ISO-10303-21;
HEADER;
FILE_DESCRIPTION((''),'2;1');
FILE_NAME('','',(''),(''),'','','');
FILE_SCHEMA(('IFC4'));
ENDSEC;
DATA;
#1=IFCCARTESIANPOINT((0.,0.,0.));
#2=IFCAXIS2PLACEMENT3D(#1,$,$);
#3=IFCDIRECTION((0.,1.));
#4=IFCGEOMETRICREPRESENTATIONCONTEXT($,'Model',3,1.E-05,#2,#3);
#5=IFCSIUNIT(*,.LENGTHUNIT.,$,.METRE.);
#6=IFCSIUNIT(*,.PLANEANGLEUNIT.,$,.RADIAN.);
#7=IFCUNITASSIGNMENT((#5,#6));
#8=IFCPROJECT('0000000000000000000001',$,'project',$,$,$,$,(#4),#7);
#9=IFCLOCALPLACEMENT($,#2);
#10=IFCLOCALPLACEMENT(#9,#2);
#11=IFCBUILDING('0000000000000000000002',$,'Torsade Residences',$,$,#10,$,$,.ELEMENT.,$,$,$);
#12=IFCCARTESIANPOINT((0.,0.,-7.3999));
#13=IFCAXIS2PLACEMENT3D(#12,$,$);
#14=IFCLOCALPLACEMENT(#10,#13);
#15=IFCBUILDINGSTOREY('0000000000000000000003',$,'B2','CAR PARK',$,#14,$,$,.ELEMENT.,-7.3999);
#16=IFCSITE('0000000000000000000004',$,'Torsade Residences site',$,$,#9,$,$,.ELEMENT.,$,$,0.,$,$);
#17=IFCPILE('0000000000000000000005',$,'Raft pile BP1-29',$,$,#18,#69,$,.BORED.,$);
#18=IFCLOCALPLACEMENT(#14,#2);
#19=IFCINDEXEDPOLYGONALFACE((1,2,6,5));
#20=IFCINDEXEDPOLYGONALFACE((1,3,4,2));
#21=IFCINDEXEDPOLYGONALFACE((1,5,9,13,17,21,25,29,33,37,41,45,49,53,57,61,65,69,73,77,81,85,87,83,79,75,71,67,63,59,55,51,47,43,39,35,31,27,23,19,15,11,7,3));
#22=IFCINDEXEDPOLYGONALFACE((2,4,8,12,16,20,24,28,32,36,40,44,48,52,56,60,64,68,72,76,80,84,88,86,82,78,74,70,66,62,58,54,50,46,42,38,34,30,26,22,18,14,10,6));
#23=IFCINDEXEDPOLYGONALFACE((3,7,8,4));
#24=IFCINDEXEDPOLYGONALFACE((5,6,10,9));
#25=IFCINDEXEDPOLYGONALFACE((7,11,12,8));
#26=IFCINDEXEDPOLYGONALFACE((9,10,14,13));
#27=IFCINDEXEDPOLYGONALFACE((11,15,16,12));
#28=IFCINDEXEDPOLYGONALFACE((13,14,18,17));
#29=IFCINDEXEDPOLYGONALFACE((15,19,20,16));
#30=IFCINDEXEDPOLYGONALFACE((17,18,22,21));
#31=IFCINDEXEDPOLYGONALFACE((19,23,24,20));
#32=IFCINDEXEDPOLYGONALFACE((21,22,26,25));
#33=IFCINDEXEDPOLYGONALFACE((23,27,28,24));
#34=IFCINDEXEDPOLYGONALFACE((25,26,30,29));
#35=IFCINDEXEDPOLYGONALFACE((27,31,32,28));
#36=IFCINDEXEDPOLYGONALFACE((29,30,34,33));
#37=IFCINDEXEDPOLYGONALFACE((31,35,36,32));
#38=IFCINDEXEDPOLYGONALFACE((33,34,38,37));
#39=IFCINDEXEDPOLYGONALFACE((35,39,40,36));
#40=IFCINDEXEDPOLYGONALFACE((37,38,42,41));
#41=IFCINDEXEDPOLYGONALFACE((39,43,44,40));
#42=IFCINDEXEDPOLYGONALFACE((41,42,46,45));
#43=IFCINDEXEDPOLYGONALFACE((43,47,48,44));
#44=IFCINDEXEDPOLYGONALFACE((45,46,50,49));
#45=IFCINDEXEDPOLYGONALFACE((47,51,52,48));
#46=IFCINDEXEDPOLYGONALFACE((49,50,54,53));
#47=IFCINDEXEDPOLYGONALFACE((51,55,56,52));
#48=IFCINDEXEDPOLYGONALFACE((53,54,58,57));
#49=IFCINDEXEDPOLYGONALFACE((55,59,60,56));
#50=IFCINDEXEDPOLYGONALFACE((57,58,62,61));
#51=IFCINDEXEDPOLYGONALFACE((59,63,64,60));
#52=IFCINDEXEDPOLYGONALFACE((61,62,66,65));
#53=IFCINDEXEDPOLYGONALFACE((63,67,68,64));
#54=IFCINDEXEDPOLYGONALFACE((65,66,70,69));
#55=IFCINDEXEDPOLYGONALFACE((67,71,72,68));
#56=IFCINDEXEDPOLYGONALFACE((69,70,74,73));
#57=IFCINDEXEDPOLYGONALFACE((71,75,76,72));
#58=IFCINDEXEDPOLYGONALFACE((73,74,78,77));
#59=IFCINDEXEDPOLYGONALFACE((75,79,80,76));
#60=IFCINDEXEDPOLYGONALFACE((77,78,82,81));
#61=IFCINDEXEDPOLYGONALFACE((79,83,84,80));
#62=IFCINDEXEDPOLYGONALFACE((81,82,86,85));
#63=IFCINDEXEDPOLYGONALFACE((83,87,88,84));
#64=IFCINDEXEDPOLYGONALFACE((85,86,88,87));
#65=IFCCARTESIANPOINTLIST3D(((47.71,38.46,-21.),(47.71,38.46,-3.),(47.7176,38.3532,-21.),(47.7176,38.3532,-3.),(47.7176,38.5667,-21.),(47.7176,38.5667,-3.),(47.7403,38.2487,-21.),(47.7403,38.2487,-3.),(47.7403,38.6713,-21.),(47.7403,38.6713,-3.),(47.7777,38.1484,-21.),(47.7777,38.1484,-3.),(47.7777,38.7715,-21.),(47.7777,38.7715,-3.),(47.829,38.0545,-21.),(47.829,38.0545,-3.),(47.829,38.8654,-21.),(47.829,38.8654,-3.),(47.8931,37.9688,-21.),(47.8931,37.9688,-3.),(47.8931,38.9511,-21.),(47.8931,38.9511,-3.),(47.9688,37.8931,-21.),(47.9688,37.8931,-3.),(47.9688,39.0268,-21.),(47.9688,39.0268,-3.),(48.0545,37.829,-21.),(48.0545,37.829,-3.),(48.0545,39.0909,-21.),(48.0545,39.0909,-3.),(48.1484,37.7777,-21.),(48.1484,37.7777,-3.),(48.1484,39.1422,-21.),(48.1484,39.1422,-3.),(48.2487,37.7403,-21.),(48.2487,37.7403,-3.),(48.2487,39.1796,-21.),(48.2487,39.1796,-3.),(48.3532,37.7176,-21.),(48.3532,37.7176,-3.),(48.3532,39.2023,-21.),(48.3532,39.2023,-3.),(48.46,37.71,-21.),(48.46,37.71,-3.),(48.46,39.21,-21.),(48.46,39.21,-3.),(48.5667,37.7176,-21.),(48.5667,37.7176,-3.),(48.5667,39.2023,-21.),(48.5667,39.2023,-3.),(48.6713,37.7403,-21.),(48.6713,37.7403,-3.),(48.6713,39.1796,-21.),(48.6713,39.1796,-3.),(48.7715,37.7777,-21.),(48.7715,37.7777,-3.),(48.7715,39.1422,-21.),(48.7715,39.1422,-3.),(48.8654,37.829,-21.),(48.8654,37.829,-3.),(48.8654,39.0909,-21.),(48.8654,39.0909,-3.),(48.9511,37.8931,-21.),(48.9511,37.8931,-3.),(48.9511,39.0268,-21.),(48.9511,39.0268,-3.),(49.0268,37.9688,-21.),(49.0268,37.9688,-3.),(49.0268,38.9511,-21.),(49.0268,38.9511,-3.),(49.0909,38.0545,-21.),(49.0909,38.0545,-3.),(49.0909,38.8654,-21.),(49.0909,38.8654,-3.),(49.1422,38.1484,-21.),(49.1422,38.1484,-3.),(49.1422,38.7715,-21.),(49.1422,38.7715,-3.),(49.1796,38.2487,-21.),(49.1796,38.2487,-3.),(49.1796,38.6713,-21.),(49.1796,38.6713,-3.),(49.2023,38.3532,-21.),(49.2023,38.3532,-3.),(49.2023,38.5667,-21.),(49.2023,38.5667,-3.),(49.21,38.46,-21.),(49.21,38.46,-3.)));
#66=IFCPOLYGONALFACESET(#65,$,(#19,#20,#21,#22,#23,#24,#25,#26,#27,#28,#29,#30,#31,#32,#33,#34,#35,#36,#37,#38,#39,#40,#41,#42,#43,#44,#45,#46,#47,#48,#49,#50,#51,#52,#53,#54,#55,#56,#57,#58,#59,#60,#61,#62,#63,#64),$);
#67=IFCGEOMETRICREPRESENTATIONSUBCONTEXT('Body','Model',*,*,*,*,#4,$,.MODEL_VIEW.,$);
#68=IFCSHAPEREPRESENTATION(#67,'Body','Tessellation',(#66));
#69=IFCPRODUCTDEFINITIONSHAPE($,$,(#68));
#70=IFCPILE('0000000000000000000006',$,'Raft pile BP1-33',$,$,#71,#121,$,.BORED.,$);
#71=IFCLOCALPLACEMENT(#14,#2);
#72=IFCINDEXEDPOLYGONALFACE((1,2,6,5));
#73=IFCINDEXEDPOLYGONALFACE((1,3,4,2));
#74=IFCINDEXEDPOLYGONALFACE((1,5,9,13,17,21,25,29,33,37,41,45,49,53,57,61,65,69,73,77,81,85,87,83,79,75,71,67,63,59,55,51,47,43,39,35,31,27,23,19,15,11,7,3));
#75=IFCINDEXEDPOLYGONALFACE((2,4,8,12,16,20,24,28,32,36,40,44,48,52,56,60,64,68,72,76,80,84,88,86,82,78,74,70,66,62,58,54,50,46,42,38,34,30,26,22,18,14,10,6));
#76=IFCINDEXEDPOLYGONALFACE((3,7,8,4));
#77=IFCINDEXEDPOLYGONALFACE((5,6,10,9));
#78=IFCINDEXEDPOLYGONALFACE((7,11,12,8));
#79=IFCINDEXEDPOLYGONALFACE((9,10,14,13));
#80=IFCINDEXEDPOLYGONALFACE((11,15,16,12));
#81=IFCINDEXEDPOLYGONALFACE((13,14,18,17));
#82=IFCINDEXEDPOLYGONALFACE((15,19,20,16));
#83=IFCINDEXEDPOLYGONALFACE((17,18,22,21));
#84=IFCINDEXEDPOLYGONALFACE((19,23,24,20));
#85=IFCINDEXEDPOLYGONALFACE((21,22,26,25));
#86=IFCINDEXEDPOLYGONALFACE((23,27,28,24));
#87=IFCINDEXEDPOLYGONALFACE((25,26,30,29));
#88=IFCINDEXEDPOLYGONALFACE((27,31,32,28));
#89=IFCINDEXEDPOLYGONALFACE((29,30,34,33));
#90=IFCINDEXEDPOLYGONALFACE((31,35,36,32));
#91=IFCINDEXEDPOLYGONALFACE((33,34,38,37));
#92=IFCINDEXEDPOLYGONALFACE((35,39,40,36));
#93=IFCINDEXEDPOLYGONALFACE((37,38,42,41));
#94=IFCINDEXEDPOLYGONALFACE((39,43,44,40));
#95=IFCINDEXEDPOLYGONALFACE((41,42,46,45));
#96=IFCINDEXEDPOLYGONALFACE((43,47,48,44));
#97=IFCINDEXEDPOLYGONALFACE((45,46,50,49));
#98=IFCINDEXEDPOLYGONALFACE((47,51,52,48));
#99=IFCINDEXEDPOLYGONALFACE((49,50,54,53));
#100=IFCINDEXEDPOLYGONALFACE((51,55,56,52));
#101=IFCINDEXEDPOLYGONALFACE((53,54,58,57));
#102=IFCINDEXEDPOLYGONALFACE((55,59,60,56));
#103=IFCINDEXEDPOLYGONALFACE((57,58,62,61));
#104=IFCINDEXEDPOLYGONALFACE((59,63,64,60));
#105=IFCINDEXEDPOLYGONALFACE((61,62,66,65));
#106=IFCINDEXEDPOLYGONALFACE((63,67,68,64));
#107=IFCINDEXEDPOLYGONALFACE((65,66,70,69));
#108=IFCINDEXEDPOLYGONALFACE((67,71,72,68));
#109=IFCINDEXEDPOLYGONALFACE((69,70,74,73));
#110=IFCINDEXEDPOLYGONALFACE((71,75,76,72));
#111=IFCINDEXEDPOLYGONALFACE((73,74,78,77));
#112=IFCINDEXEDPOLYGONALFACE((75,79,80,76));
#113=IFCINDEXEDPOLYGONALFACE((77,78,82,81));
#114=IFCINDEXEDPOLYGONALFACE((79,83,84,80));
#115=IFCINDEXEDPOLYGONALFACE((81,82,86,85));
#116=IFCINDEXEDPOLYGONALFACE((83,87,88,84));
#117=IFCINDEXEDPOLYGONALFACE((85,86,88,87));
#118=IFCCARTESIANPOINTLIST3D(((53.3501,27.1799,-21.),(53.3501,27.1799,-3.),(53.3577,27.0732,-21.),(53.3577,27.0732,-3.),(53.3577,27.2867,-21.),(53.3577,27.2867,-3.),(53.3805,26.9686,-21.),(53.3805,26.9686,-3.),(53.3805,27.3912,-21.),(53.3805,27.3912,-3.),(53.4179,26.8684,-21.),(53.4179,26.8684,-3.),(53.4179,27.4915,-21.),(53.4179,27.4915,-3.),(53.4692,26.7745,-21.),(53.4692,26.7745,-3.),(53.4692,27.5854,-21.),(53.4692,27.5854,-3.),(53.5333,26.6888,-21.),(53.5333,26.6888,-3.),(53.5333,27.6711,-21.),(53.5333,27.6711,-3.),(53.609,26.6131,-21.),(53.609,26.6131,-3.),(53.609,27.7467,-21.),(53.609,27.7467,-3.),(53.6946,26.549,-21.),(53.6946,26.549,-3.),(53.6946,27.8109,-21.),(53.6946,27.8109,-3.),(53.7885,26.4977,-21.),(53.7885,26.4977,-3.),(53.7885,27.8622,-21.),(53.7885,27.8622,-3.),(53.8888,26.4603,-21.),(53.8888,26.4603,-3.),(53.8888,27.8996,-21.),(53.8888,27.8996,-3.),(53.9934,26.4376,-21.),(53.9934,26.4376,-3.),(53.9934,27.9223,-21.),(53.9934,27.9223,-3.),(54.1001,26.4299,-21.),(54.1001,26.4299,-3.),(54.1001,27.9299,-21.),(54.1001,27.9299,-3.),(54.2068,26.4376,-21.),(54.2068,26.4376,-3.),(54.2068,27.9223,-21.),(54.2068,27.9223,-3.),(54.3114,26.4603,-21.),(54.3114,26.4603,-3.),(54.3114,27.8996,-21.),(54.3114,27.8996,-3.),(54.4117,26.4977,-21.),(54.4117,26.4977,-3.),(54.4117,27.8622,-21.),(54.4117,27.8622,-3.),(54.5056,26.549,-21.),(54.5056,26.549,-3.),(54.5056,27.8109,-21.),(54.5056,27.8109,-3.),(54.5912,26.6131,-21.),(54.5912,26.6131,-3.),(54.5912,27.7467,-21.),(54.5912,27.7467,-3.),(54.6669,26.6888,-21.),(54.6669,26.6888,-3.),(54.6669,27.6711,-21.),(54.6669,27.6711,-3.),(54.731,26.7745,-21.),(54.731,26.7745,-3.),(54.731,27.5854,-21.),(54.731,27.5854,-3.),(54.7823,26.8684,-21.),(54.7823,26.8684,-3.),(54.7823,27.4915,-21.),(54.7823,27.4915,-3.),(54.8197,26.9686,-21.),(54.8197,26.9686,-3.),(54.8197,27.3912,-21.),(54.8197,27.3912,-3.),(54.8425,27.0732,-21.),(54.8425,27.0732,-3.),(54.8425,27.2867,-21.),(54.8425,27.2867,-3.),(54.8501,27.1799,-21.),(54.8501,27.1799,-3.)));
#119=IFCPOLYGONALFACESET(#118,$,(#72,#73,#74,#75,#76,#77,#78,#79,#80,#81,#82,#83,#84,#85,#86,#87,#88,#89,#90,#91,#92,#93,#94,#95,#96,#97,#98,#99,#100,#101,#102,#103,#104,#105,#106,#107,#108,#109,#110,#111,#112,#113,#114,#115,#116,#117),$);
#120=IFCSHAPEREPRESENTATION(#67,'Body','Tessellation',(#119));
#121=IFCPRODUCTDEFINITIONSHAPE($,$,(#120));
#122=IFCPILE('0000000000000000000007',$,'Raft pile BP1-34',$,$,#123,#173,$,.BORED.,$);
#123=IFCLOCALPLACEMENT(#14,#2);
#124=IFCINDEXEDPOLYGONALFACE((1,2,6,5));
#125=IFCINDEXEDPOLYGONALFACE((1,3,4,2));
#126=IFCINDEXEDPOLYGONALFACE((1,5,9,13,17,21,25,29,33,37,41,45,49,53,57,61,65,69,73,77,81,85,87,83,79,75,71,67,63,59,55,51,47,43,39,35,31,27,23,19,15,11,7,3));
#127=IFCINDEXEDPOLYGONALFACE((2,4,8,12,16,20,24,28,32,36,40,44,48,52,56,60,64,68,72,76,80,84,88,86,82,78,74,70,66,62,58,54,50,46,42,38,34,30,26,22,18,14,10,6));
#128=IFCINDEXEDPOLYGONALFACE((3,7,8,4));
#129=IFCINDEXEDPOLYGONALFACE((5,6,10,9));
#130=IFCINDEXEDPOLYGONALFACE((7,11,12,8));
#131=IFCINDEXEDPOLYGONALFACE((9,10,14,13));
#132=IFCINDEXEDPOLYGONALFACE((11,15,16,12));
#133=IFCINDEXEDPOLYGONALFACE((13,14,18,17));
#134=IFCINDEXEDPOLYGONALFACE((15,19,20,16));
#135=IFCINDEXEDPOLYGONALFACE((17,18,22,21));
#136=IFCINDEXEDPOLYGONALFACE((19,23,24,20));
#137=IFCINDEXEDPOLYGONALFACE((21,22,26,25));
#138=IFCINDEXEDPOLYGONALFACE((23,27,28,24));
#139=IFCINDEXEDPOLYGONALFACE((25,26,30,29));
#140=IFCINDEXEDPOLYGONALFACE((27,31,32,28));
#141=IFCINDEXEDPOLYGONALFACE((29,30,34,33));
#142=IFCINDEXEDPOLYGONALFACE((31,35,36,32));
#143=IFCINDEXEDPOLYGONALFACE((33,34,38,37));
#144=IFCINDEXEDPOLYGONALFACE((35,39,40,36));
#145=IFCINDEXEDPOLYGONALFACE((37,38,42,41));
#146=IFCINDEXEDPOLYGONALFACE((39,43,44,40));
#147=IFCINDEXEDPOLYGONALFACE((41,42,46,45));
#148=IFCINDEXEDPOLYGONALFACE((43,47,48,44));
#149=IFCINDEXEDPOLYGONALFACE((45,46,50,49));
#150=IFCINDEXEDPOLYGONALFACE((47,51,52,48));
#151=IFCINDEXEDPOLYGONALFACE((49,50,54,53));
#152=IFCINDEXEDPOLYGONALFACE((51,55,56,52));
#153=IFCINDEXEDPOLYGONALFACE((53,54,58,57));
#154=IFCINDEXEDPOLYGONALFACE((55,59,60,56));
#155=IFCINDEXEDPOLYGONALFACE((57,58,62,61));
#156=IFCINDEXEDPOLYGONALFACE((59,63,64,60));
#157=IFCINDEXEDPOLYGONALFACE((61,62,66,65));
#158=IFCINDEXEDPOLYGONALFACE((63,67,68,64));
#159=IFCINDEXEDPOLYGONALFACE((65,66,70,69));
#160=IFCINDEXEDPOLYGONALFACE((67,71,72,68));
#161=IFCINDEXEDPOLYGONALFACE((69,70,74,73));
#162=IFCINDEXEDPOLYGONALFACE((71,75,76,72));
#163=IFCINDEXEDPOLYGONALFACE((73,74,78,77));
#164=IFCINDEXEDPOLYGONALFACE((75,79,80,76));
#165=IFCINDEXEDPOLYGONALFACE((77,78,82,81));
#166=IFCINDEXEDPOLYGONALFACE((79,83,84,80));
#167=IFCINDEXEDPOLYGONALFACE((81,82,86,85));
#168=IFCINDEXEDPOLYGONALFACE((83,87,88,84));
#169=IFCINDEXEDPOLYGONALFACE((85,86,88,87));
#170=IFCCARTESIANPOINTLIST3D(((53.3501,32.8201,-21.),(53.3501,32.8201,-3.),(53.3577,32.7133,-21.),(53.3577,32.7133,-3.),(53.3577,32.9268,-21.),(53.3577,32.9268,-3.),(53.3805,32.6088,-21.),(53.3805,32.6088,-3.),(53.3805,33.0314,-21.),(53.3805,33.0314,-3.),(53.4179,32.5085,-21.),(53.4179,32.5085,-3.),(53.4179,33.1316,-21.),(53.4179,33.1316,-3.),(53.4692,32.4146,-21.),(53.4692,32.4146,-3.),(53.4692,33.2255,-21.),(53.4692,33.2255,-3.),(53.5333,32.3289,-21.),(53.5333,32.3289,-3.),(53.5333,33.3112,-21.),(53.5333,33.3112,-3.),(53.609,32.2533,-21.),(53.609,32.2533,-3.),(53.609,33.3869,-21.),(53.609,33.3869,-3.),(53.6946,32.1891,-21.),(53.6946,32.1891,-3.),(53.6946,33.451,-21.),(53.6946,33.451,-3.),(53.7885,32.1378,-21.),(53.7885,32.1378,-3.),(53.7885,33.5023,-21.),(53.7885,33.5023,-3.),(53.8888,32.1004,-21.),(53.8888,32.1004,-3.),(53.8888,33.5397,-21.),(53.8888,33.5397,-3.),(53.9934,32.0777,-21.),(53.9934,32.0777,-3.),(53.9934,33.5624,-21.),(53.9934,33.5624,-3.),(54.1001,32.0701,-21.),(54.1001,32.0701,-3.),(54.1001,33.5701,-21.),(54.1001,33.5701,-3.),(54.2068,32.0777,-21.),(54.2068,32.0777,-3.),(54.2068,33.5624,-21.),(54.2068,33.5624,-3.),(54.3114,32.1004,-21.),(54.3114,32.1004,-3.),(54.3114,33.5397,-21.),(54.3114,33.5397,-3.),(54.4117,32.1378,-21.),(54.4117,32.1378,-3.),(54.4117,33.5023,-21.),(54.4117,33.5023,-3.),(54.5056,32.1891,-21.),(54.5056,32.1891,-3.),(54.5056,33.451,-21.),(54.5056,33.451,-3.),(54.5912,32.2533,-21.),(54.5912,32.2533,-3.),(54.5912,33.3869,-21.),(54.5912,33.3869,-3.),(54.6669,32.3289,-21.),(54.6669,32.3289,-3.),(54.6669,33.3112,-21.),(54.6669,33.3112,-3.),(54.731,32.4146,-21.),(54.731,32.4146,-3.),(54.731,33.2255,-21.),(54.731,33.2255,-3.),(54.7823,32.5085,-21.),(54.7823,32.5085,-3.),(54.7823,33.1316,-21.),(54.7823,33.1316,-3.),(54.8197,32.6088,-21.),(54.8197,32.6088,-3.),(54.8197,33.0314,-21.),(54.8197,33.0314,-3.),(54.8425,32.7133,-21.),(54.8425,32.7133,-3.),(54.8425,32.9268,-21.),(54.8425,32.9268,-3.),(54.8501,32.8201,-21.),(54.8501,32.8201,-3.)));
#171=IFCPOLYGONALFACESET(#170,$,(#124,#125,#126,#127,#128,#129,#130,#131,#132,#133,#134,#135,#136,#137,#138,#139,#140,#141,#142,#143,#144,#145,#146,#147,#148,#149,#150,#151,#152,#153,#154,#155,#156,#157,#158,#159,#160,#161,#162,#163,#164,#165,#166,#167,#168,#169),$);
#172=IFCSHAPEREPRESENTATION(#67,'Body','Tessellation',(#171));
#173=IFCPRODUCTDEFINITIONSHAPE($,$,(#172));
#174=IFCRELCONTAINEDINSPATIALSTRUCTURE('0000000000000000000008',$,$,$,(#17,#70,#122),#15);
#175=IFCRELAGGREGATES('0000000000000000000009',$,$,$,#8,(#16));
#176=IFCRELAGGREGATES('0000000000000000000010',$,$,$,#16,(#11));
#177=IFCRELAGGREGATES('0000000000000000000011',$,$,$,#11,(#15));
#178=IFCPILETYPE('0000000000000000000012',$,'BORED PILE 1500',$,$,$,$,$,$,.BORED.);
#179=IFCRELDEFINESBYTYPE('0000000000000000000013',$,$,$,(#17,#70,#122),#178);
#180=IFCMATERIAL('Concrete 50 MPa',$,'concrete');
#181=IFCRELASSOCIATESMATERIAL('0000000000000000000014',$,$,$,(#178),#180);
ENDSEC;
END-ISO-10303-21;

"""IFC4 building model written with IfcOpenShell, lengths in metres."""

from ifc_helpers import new_model, si_unit, direction, frame, origin, origin_2d, place, context, subcontext, project, spatial, circle, extrude, material, type_object, element, save


model = new_model("IFC4")

# Units and contexts
model_context = context("Model", 3, precision=1e-05, world=origin(), true_north=direction((0.0, 1.0)))
body_context = subcontext(model_context, "Body", "Model", "MODEL_VIEW")
ifc_project = project(units=[si_unit("LENGTHUNIT", "METRE"), si_unit("PLANEANGLEUNIT", "RADIAN")], contexts=[model_context])

# Site, building, storey
site_placement = place(None, origin())
site = spatial("IfcSite", under=ifc_project, at=site_placement, Name="Torsade Residences site", CompositionType="ELEMENT", RefElevation=0.0)
building_placement = place(site_placement, origin())
building = spatial("IfcBuilding", under=site, at=building_placement, Name="Torsade Residences", CompositionType="ELEMENT")
storey_placement = place(building_placement, frame((0.0, 0.0, -7.3999)))
storey = spatial("IfcBuildingStorey", under=building, at=storey_placement, Name="B2", Description="CAR PARK", CompositionType="ELEMENT", Elevation=-7.3999)

# Piles
ifc_material_1 = material(Name="Concrete 50 MPa", Category="concrete")
pile_type_1 = type_object("IfcPileType", Name="BORED PILE 1500", PredefinedType="BORED", material=ifc_material_1)
for number, where, z_axis, x_axis, name in (
    (1, (48.46, 38.46, -3.0), (0.0, 0.0, -1.0), (1.0, 0.0, 0.0), "Raft pile BP1-29"),
    (2, (54.1001, 27.1799, -3.0), (0.0, 0.0, -1.0), (1.0, 0.0, 0.0), "Raft pile BP1-33"),
    (3, (54.1001, 32.8201, -3.0), (0.0, 0.0, -1.0), (1.0, 0.0, 0.0), "Raft pile BP1-34"),
):
    element("IfcPile", number, at=place(storey_placement, frame(where, z_axis=z_axis, x_axis=x_axis)), inside=storey, type_object=pile_type_1, Name=name, PredefinedType="BORED", context=body_context, shape_type="SweptSolid", body=[
        extrude(circle(Radius=0.75, at=origin_2d()), origin(), (0.0, 0.0, 1.0), 18.0),
    ])

save(model, "model.ifc")
